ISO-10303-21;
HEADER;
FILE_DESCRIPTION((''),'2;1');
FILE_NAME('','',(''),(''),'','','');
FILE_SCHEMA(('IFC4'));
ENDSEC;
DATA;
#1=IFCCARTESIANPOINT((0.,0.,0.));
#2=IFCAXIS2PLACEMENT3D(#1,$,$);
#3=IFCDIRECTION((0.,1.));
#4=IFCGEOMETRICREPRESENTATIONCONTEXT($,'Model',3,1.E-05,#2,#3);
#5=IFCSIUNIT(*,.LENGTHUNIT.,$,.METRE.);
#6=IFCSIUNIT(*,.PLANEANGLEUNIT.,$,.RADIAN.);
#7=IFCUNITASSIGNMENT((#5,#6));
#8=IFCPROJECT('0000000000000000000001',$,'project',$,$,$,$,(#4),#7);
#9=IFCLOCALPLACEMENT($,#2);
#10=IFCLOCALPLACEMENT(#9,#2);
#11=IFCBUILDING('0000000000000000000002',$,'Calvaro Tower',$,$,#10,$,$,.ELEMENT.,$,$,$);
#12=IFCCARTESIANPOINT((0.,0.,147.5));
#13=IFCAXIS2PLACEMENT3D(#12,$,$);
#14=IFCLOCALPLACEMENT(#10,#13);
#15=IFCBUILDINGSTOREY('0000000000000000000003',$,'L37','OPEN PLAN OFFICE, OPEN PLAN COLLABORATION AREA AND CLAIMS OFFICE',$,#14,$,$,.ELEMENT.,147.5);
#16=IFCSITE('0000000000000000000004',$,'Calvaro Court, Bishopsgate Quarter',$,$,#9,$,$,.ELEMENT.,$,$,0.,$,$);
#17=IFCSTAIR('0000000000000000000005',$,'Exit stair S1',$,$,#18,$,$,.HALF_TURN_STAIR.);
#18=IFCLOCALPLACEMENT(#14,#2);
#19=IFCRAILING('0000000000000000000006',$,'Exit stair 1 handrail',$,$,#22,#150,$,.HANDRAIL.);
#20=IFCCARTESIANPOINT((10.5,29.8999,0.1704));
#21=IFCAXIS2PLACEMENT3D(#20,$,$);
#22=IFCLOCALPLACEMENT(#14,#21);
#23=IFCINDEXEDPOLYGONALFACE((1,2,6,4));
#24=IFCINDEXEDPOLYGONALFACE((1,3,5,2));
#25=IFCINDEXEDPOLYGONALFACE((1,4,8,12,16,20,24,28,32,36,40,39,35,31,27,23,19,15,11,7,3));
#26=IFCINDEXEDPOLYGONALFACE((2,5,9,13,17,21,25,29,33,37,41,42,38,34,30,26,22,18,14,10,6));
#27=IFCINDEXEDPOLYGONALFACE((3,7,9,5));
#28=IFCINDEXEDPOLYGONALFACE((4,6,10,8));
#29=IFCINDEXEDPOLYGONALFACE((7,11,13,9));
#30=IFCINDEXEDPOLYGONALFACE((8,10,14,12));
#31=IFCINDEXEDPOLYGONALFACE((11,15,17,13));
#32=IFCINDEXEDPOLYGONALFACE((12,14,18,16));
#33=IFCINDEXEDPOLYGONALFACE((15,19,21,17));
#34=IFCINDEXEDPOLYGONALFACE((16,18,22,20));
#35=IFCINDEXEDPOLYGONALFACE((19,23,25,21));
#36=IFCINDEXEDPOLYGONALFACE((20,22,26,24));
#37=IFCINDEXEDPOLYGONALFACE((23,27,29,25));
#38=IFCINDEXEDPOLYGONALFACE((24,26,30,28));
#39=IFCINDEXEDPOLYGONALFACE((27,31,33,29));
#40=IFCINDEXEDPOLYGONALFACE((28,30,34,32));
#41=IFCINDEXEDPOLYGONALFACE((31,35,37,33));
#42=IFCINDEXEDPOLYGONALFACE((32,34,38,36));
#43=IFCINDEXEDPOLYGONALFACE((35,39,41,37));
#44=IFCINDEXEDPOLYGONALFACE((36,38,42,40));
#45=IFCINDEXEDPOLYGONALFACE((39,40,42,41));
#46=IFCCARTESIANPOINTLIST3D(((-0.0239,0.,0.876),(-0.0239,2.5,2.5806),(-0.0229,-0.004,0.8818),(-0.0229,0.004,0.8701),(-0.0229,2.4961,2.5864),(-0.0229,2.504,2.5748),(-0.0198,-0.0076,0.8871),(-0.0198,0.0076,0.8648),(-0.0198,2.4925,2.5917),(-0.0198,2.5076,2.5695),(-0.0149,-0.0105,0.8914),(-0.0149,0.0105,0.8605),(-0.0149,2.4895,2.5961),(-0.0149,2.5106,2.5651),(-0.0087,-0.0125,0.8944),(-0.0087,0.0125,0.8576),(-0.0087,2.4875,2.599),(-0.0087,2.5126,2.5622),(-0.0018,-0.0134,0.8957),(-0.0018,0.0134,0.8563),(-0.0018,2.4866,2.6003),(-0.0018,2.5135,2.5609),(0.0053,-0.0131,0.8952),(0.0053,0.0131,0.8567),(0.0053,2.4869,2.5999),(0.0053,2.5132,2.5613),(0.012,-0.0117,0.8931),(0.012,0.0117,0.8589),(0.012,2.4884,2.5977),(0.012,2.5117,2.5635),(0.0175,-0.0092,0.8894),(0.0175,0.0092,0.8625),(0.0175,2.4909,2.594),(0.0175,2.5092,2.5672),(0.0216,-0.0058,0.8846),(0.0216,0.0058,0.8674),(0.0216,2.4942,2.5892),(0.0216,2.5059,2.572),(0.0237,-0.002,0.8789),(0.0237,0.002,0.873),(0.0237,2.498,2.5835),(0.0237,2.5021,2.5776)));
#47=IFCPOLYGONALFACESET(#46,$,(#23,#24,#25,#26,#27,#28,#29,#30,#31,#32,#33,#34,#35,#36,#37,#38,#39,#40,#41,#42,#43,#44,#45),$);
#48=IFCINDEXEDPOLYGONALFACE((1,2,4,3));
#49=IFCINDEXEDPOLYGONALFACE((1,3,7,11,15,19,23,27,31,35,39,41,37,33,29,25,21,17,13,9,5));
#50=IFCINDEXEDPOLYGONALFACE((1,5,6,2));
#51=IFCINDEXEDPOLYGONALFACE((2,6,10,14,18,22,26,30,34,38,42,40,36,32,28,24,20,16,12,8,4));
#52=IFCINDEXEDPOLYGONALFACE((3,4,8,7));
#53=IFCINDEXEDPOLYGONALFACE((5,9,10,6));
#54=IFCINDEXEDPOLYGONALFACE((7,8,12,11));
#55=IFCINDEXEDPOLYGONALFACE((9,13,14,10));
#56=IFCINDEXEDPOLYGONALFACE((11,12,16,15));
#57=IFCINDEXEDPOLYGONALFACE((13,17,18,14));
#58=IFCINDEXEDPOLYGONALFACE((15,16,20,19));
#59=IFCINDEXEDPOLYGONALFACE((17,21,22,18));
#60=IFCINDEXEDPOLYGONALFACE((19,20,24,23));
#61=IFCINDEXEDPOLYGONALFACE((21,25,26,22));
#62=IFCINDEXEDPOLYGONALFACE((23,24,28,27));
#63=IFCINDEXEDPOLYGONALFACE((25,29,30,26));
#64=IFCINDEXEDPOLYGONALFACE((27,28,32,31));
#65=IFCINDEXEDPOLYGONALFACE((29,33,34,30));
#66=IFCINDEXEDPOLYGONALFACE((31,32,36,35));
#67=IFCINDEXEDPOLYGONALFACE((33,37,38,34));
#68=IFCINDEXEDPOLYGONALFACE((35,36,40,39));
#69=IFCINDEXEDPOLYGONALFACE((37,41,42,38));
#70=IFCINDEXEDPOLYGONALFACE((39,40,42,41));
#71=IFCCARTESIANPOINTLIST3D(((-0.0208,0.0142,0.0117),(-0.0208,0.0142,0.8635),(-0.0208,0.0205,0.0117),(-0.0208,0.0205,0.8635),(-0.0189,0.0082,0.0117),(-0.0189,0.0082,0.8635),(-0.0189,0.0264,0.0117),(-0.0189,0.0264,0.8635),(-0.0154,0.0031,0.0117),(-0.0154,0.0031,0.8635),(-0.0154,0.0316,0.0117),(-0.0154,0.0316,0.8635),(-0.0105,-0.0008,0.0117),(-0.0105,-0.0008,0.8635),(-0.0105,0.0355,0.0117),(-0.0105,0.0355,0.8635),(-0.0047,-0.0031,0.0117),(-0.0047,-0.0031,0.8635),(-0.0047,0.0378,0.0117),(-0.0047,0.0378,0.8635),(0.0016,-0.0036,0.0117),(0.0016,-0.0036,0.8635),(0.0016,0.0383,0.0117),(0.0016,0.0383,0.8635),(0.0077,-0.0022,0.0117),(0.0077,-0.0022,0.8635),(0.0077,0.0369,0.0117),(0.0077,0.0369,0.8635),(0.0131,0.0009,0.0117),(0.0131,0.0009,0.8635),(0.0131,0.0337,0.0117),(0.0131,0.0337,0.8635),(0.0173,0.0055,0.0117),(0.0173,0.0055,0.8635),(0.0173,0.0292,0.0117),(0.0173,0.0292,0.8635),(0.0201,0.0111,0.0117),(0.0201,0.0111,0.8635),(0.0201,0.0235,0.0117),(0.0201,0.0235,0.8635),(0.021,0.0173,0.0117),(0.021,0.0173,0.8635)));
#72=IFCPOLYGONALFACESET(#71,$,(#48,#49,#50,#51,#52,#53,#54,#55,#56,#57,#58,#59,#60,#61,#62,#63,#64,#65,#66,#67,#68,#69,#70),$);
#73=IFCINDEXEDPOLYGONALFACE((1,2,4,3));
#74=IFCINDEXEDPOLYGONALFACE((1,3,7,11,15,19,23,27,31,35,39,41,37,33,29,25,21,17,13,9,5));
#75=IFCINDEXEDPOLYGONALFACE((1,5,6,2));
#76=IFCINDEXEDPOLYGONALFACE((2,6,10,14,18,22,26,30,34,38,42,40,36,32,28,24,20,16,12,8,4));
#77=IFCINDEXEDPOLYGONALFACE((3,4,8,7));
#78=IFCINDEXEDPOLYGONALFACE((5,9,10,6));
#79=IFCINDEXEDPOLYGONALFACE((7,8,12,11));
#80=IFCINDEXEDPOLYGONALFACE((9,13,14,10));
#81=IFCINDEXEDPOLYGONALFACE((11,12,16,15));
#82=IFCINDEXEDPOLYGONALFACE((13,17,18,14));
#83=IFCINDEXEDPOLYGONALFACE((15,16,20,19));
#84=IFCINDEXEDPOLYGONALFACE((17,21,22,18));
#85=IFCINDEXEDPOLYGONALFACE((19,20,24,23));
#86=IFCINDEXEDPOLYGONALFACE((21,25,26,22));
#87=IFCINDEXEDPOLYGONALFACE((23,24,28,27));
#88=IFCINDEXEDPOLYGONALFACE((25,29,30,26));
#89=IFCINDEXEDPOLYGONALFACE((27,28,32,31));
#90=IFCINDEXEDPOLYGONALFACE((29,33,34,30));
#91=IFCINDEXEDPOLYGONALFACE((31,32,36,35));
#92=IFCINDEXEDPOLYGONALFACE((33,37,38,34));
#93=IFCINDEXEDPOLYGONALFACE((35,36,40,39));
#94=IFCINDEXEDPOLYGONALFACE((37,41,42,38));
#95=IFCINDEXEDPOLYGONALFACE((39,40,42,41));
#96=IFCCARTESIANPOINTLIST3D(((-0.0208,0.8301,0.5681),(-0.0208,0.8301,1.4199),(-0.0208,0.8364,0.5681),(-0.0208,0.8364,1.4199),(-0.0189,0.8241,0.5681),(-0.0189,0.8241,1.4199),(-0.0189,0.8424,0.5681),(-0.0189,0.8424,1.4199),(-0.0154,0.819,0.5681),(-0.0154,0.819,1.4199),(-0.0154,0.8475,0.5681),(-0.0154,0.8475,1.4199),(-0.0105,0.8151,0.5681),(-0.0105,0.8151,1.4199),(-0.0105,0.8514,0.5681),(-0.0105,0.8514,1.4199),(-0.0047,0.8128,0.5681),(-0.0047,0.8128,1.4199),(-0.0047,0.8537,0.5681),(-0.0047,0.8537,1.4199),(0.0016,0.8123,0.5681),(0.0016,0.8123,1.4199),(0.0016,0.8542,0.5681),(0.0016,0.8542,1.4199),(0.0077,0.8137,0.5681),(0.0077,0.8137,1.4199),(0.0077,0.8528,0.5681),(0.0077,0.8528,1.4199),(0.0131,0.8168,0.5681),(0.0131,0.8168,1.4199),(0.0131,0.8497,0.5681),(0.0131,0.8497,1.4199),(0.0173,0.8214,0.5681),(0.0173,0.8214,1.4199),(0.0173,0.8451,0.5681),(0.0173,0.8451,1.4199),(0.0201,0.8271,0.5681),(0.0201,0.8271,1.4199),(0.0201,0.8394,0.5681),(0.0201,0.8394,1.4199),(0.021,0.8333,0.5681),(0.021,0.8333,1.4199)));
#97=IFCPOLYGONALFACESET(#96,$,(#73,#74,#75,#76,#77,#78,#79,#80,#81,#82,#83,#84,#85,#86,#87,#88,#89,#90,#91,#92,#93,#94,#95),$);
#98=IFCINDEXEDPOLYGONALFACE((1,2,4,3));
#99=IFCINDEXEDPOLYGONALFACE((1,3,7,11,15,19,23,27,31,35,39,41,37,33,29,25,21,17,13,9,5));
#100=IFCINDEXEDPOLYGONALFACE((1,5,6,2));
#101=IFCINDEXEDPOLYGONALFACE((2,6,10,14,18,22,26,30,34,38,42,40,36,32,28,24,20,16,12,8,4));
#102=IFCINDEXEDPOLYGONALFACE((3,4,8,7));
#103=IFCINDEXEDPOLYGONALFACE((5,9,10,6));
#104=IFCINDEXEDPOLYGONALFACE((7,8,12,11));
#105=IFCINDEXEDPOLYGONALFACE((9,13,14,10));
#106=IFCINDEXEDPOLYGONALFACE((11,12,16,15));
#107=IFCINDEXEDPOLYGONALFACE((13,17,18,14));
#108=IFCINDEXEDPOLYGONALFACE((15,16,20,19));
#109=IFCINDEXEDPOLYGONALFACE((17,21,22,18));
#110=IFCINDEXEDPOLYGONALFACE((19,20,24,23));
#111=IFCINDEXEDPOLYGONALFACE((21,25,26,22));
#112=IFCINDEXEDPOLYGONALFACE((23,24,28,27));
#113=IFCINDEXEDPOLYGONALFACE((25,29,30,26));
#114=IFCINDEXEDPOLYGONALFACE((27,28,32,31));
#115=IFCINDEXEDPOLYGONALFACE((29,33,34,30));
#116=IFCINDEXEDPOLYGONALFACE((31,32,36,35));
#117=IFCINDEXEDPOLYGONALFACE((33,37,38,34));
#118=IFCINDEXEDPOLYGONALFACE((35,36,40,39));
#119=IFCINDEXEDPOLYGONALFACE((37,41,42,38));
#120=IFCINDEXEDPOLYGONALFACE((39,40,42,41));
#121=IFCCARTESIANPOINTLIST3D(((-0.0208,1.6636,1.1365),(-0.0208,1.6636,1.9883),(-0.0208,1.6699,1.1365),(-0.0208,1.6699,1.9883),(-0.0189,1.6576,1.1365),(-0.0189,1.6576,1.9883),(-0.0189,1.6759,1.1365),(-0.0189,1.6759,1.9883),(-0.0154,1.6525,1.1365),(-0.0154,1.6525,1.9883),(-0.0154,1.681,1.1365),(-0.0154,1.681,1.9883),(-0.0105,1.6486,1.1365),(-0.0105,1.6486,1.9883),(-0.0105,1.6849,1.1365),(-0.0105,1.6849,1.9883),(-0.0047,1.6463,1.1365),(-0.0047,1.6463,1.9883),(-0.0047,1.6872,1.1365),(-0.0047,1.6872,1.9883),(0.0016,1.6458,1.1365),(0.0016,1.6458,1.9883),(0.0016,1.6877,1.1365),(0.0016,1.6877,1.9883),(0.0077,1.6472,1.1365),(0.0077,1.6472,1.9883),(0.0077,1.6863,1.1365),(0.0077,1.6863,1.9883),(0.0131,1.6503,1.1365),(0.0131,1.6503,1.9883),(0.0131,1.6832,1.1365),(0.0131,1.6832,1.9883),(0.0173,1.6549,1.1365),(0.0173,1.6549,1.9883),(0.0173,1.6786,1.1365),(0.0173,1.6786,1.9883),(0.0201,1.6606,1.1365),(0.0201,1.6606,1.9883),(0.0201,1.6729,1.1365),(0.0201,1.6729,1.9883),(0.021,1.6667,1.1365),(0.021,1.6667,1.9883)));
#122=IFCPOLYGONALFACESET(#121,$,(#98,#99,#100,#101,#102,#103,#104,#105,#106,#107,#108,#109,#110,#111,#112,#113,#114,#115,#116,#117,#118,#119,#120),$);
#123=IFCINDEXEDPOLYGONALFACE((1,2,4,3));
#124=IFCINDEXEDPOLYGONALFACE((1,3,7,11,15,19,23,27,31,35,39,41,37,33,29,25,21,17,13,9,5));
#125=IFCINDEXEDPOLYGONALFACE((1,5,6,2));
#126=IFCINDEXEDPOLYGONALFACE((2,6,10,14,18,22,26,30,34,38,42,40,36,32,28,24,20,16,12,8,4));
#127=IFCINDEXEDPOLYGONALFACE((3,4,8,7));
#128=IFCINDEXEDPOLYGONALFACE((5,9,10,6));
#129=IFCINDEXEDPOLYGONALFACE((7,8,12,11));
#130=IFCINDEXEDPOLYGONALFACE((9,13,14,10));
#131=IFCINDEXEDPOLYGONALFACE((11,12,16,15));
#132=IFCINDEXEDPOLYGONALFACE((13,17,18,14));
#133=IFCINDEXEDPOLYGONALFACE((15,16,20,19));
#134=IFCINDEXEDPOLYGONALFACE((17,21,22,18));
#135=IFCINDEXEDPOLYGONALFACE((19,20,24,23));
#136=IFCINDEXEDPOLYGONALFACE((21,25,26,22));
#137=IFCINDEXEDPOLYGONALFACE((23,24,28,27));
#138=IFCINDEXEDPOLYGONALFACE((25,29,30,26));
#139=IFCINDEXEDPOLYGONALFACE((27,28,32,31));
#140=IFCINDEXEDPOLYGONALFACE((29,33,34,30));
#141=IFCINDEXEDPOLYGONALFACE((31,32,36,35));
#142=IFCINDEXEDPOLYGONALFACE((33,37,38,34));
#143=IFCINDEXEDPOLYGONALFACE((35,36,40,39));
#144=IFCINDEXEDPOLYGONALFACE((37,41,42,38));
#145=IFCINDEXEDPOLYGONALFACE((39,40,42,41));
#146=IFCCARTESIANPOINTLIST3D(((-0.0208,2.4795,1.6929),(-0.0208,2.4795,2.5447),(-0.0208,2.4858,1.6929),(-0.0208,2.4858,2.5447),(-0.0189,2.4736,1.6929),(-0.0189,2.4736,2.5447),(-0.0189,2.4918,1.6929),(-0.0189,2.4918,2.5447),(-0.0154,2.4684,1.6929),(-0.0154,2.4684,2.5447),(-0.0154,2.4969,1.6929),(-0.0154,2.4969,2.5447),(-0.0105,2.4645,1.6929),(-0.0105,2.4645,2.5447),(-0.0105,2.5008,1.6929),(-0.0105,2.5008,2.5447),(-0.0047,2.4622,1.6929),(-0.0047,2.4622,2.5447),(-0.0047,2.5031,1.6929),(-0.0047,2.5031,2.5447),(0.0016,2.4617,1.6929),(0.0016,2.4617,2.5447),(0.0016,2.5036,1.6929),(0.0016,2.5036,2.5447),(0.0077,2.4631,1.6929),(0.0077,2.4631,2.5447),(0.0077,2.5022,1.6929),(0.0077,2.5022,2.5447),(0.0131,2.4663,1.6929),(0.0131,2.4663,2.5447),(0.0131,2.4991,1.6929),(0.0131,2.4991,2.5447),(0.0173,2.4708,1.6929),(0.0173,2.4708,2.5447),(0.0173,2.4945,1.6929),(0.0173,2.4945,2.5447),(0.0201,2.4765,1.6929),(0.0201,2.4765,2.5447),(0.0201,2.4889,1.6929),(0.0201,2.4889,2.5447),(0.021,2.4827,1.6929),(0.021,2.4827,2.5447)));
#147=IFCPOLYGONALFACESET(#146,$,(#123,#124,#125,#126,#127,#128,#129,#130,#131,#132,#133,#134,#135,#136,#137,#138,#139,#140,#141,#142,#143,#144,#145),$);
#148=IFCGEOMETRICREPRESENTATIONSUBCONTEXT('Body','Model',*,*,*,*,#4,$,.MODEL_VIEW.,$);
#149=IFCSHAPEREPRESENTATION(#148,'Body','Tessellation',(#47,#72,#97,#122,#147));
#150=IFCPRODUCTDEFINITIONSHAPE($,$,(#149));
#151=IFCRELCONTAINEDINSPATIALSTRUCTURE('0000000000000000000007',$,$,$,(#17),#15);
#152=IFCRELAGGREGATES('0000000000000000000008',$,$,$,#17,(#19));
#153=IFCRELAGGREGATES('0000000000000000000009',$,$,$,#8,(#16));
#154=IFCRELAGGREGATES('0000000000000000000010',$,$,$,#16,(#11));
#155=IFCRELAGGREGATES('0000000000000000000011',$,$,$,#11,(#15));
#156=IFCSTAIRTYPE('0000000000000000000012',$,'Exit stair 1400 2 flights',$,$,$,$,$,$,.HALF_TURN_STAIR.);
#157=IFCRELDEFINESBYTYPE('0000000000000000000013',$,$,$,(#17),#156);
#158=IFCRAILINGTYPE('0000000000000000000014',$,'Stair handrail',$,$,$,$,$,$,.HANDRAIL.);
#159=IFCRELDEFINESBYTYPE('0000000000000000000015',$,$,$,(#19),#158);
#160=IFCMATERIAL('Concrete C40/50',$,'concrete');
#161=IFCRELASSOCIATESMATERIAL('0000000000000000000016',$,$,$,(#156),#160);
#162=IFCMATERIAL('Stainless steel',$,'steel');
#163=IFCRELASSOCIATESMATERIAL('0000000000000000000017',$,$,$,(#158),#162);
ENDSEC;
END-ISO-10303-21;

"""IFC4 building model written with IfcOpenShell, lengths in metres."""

from ifc_helpers import new_model, si_unit, direction, frame, origin, origin_2d, place, context, subcontext, project, spatial, circle, extrude, material, type_object, element, aggregate, save


model = new_model("IFC4")

# Units and contexts
model_context = context("Model", 3, precision=1e-05, world=origin(), true_north=direction((0.0, 1.0)))
body_context = subcontext(model_context, "Body", "Model", "MODEL_VIEW")
ifc_project = project(units=[si_unit("LENGTHUNIT", "METRE"), si_unit("PLANEANGLEUNIT", "RADIAN")], contexts=[model_context])

# Site, building, storey
site_placement = place(None, origin())
site = spatial("IfcSite", under=ifc_project, at=site_placement, Name="Calvaro Court, Bishopsgate Quarter", CompositionType="ELEMENT", RefElevation=0.0)
building_placement = place(site_placement, origin())
building = spatial("IfcBuilding", under=site, at=building_placement, Name="Calvaro Tower", CompositionType="ELEMENT")
storey_placement = place(building_placement, frame((0.0, 0.0, 147.5)))
storey = spatial("IfcBuildingStorey", under=building, at=storey_placement, Name="L37", Description="OPEN PLAN OFFICE, OPEN PLAN COLLABORATION AREA AND CLAIMS OFFICE", CompositionType="ELEMENT", Elevation=147.5)

# Stair, railing
ifc_material_1 = material(Name="Concrete C40/50", Category="concrete")
stair_type = type_object("IfcStairType", Name="Exit stair 1400 2 flights", PredefinedType="HALF_TURN_STAIR", material=ifc_material_1)
stair_placement = place(storey_placement, origin())
stair = element("IfcStair", 1, at=stair_placement, inside=storey, type_object=stair_type, Name="Exit stair S1", PredefinedType="HALF_TURN_STAIR")
ifc_material_2 = material(Name="Stainless steel", Category="steel")
railing_type = type_object("IfcRailingType", Name="Stair handrail", PredefinedType="HANDRAIL", material=ifc_material_2)
railing_placement = place(storey_placement, frame((10.5, 29.8999, 0.1704)))
railing = element("IfcRailing", 2, at=railing_placement, type_object=railing_type, Name="Exit stair 1 handrail", PredefinedType="HANDRAIL", context=body_context, shape_type="SweptSolid", body=[
    extrude(circle(Radius=0.0239, at=origin_2d()), frame((0.0, 0.0, 0.876), z_axis=(0.0, 0.826221, 0.563347), x_axis=(-1.0, 0.0, 0.0)), (0.0, 0.0, 1.0), 3.0259),
    extrude(circle(Radius=0.021, at=origin_2d()), frame((0.0, 0.0173, 0.0117)), (0.0, 0.0, 1.0), 0.8518),
    extrude(circle(Radius=0.021, at=origin_2d()), frame((0.0, 0.8333, 0.5681)), (0.0, 0.0, 1.0), 0.8518),
    extrude(circle(Radius=0.021, at=origin_2d()), frame((0.0, 1.6667, 1.1365)), (0.0, 0.0, 1.0), 0.8518),
    extrude(circle(Radius=0.021, at=origin_2d()), frame((0.0, 2.4827, 1.6929)), (0.0, 0.0, 1.0), 0.8518),
])
aggregate(stair, [railing])

save(model, "model.ifc")
